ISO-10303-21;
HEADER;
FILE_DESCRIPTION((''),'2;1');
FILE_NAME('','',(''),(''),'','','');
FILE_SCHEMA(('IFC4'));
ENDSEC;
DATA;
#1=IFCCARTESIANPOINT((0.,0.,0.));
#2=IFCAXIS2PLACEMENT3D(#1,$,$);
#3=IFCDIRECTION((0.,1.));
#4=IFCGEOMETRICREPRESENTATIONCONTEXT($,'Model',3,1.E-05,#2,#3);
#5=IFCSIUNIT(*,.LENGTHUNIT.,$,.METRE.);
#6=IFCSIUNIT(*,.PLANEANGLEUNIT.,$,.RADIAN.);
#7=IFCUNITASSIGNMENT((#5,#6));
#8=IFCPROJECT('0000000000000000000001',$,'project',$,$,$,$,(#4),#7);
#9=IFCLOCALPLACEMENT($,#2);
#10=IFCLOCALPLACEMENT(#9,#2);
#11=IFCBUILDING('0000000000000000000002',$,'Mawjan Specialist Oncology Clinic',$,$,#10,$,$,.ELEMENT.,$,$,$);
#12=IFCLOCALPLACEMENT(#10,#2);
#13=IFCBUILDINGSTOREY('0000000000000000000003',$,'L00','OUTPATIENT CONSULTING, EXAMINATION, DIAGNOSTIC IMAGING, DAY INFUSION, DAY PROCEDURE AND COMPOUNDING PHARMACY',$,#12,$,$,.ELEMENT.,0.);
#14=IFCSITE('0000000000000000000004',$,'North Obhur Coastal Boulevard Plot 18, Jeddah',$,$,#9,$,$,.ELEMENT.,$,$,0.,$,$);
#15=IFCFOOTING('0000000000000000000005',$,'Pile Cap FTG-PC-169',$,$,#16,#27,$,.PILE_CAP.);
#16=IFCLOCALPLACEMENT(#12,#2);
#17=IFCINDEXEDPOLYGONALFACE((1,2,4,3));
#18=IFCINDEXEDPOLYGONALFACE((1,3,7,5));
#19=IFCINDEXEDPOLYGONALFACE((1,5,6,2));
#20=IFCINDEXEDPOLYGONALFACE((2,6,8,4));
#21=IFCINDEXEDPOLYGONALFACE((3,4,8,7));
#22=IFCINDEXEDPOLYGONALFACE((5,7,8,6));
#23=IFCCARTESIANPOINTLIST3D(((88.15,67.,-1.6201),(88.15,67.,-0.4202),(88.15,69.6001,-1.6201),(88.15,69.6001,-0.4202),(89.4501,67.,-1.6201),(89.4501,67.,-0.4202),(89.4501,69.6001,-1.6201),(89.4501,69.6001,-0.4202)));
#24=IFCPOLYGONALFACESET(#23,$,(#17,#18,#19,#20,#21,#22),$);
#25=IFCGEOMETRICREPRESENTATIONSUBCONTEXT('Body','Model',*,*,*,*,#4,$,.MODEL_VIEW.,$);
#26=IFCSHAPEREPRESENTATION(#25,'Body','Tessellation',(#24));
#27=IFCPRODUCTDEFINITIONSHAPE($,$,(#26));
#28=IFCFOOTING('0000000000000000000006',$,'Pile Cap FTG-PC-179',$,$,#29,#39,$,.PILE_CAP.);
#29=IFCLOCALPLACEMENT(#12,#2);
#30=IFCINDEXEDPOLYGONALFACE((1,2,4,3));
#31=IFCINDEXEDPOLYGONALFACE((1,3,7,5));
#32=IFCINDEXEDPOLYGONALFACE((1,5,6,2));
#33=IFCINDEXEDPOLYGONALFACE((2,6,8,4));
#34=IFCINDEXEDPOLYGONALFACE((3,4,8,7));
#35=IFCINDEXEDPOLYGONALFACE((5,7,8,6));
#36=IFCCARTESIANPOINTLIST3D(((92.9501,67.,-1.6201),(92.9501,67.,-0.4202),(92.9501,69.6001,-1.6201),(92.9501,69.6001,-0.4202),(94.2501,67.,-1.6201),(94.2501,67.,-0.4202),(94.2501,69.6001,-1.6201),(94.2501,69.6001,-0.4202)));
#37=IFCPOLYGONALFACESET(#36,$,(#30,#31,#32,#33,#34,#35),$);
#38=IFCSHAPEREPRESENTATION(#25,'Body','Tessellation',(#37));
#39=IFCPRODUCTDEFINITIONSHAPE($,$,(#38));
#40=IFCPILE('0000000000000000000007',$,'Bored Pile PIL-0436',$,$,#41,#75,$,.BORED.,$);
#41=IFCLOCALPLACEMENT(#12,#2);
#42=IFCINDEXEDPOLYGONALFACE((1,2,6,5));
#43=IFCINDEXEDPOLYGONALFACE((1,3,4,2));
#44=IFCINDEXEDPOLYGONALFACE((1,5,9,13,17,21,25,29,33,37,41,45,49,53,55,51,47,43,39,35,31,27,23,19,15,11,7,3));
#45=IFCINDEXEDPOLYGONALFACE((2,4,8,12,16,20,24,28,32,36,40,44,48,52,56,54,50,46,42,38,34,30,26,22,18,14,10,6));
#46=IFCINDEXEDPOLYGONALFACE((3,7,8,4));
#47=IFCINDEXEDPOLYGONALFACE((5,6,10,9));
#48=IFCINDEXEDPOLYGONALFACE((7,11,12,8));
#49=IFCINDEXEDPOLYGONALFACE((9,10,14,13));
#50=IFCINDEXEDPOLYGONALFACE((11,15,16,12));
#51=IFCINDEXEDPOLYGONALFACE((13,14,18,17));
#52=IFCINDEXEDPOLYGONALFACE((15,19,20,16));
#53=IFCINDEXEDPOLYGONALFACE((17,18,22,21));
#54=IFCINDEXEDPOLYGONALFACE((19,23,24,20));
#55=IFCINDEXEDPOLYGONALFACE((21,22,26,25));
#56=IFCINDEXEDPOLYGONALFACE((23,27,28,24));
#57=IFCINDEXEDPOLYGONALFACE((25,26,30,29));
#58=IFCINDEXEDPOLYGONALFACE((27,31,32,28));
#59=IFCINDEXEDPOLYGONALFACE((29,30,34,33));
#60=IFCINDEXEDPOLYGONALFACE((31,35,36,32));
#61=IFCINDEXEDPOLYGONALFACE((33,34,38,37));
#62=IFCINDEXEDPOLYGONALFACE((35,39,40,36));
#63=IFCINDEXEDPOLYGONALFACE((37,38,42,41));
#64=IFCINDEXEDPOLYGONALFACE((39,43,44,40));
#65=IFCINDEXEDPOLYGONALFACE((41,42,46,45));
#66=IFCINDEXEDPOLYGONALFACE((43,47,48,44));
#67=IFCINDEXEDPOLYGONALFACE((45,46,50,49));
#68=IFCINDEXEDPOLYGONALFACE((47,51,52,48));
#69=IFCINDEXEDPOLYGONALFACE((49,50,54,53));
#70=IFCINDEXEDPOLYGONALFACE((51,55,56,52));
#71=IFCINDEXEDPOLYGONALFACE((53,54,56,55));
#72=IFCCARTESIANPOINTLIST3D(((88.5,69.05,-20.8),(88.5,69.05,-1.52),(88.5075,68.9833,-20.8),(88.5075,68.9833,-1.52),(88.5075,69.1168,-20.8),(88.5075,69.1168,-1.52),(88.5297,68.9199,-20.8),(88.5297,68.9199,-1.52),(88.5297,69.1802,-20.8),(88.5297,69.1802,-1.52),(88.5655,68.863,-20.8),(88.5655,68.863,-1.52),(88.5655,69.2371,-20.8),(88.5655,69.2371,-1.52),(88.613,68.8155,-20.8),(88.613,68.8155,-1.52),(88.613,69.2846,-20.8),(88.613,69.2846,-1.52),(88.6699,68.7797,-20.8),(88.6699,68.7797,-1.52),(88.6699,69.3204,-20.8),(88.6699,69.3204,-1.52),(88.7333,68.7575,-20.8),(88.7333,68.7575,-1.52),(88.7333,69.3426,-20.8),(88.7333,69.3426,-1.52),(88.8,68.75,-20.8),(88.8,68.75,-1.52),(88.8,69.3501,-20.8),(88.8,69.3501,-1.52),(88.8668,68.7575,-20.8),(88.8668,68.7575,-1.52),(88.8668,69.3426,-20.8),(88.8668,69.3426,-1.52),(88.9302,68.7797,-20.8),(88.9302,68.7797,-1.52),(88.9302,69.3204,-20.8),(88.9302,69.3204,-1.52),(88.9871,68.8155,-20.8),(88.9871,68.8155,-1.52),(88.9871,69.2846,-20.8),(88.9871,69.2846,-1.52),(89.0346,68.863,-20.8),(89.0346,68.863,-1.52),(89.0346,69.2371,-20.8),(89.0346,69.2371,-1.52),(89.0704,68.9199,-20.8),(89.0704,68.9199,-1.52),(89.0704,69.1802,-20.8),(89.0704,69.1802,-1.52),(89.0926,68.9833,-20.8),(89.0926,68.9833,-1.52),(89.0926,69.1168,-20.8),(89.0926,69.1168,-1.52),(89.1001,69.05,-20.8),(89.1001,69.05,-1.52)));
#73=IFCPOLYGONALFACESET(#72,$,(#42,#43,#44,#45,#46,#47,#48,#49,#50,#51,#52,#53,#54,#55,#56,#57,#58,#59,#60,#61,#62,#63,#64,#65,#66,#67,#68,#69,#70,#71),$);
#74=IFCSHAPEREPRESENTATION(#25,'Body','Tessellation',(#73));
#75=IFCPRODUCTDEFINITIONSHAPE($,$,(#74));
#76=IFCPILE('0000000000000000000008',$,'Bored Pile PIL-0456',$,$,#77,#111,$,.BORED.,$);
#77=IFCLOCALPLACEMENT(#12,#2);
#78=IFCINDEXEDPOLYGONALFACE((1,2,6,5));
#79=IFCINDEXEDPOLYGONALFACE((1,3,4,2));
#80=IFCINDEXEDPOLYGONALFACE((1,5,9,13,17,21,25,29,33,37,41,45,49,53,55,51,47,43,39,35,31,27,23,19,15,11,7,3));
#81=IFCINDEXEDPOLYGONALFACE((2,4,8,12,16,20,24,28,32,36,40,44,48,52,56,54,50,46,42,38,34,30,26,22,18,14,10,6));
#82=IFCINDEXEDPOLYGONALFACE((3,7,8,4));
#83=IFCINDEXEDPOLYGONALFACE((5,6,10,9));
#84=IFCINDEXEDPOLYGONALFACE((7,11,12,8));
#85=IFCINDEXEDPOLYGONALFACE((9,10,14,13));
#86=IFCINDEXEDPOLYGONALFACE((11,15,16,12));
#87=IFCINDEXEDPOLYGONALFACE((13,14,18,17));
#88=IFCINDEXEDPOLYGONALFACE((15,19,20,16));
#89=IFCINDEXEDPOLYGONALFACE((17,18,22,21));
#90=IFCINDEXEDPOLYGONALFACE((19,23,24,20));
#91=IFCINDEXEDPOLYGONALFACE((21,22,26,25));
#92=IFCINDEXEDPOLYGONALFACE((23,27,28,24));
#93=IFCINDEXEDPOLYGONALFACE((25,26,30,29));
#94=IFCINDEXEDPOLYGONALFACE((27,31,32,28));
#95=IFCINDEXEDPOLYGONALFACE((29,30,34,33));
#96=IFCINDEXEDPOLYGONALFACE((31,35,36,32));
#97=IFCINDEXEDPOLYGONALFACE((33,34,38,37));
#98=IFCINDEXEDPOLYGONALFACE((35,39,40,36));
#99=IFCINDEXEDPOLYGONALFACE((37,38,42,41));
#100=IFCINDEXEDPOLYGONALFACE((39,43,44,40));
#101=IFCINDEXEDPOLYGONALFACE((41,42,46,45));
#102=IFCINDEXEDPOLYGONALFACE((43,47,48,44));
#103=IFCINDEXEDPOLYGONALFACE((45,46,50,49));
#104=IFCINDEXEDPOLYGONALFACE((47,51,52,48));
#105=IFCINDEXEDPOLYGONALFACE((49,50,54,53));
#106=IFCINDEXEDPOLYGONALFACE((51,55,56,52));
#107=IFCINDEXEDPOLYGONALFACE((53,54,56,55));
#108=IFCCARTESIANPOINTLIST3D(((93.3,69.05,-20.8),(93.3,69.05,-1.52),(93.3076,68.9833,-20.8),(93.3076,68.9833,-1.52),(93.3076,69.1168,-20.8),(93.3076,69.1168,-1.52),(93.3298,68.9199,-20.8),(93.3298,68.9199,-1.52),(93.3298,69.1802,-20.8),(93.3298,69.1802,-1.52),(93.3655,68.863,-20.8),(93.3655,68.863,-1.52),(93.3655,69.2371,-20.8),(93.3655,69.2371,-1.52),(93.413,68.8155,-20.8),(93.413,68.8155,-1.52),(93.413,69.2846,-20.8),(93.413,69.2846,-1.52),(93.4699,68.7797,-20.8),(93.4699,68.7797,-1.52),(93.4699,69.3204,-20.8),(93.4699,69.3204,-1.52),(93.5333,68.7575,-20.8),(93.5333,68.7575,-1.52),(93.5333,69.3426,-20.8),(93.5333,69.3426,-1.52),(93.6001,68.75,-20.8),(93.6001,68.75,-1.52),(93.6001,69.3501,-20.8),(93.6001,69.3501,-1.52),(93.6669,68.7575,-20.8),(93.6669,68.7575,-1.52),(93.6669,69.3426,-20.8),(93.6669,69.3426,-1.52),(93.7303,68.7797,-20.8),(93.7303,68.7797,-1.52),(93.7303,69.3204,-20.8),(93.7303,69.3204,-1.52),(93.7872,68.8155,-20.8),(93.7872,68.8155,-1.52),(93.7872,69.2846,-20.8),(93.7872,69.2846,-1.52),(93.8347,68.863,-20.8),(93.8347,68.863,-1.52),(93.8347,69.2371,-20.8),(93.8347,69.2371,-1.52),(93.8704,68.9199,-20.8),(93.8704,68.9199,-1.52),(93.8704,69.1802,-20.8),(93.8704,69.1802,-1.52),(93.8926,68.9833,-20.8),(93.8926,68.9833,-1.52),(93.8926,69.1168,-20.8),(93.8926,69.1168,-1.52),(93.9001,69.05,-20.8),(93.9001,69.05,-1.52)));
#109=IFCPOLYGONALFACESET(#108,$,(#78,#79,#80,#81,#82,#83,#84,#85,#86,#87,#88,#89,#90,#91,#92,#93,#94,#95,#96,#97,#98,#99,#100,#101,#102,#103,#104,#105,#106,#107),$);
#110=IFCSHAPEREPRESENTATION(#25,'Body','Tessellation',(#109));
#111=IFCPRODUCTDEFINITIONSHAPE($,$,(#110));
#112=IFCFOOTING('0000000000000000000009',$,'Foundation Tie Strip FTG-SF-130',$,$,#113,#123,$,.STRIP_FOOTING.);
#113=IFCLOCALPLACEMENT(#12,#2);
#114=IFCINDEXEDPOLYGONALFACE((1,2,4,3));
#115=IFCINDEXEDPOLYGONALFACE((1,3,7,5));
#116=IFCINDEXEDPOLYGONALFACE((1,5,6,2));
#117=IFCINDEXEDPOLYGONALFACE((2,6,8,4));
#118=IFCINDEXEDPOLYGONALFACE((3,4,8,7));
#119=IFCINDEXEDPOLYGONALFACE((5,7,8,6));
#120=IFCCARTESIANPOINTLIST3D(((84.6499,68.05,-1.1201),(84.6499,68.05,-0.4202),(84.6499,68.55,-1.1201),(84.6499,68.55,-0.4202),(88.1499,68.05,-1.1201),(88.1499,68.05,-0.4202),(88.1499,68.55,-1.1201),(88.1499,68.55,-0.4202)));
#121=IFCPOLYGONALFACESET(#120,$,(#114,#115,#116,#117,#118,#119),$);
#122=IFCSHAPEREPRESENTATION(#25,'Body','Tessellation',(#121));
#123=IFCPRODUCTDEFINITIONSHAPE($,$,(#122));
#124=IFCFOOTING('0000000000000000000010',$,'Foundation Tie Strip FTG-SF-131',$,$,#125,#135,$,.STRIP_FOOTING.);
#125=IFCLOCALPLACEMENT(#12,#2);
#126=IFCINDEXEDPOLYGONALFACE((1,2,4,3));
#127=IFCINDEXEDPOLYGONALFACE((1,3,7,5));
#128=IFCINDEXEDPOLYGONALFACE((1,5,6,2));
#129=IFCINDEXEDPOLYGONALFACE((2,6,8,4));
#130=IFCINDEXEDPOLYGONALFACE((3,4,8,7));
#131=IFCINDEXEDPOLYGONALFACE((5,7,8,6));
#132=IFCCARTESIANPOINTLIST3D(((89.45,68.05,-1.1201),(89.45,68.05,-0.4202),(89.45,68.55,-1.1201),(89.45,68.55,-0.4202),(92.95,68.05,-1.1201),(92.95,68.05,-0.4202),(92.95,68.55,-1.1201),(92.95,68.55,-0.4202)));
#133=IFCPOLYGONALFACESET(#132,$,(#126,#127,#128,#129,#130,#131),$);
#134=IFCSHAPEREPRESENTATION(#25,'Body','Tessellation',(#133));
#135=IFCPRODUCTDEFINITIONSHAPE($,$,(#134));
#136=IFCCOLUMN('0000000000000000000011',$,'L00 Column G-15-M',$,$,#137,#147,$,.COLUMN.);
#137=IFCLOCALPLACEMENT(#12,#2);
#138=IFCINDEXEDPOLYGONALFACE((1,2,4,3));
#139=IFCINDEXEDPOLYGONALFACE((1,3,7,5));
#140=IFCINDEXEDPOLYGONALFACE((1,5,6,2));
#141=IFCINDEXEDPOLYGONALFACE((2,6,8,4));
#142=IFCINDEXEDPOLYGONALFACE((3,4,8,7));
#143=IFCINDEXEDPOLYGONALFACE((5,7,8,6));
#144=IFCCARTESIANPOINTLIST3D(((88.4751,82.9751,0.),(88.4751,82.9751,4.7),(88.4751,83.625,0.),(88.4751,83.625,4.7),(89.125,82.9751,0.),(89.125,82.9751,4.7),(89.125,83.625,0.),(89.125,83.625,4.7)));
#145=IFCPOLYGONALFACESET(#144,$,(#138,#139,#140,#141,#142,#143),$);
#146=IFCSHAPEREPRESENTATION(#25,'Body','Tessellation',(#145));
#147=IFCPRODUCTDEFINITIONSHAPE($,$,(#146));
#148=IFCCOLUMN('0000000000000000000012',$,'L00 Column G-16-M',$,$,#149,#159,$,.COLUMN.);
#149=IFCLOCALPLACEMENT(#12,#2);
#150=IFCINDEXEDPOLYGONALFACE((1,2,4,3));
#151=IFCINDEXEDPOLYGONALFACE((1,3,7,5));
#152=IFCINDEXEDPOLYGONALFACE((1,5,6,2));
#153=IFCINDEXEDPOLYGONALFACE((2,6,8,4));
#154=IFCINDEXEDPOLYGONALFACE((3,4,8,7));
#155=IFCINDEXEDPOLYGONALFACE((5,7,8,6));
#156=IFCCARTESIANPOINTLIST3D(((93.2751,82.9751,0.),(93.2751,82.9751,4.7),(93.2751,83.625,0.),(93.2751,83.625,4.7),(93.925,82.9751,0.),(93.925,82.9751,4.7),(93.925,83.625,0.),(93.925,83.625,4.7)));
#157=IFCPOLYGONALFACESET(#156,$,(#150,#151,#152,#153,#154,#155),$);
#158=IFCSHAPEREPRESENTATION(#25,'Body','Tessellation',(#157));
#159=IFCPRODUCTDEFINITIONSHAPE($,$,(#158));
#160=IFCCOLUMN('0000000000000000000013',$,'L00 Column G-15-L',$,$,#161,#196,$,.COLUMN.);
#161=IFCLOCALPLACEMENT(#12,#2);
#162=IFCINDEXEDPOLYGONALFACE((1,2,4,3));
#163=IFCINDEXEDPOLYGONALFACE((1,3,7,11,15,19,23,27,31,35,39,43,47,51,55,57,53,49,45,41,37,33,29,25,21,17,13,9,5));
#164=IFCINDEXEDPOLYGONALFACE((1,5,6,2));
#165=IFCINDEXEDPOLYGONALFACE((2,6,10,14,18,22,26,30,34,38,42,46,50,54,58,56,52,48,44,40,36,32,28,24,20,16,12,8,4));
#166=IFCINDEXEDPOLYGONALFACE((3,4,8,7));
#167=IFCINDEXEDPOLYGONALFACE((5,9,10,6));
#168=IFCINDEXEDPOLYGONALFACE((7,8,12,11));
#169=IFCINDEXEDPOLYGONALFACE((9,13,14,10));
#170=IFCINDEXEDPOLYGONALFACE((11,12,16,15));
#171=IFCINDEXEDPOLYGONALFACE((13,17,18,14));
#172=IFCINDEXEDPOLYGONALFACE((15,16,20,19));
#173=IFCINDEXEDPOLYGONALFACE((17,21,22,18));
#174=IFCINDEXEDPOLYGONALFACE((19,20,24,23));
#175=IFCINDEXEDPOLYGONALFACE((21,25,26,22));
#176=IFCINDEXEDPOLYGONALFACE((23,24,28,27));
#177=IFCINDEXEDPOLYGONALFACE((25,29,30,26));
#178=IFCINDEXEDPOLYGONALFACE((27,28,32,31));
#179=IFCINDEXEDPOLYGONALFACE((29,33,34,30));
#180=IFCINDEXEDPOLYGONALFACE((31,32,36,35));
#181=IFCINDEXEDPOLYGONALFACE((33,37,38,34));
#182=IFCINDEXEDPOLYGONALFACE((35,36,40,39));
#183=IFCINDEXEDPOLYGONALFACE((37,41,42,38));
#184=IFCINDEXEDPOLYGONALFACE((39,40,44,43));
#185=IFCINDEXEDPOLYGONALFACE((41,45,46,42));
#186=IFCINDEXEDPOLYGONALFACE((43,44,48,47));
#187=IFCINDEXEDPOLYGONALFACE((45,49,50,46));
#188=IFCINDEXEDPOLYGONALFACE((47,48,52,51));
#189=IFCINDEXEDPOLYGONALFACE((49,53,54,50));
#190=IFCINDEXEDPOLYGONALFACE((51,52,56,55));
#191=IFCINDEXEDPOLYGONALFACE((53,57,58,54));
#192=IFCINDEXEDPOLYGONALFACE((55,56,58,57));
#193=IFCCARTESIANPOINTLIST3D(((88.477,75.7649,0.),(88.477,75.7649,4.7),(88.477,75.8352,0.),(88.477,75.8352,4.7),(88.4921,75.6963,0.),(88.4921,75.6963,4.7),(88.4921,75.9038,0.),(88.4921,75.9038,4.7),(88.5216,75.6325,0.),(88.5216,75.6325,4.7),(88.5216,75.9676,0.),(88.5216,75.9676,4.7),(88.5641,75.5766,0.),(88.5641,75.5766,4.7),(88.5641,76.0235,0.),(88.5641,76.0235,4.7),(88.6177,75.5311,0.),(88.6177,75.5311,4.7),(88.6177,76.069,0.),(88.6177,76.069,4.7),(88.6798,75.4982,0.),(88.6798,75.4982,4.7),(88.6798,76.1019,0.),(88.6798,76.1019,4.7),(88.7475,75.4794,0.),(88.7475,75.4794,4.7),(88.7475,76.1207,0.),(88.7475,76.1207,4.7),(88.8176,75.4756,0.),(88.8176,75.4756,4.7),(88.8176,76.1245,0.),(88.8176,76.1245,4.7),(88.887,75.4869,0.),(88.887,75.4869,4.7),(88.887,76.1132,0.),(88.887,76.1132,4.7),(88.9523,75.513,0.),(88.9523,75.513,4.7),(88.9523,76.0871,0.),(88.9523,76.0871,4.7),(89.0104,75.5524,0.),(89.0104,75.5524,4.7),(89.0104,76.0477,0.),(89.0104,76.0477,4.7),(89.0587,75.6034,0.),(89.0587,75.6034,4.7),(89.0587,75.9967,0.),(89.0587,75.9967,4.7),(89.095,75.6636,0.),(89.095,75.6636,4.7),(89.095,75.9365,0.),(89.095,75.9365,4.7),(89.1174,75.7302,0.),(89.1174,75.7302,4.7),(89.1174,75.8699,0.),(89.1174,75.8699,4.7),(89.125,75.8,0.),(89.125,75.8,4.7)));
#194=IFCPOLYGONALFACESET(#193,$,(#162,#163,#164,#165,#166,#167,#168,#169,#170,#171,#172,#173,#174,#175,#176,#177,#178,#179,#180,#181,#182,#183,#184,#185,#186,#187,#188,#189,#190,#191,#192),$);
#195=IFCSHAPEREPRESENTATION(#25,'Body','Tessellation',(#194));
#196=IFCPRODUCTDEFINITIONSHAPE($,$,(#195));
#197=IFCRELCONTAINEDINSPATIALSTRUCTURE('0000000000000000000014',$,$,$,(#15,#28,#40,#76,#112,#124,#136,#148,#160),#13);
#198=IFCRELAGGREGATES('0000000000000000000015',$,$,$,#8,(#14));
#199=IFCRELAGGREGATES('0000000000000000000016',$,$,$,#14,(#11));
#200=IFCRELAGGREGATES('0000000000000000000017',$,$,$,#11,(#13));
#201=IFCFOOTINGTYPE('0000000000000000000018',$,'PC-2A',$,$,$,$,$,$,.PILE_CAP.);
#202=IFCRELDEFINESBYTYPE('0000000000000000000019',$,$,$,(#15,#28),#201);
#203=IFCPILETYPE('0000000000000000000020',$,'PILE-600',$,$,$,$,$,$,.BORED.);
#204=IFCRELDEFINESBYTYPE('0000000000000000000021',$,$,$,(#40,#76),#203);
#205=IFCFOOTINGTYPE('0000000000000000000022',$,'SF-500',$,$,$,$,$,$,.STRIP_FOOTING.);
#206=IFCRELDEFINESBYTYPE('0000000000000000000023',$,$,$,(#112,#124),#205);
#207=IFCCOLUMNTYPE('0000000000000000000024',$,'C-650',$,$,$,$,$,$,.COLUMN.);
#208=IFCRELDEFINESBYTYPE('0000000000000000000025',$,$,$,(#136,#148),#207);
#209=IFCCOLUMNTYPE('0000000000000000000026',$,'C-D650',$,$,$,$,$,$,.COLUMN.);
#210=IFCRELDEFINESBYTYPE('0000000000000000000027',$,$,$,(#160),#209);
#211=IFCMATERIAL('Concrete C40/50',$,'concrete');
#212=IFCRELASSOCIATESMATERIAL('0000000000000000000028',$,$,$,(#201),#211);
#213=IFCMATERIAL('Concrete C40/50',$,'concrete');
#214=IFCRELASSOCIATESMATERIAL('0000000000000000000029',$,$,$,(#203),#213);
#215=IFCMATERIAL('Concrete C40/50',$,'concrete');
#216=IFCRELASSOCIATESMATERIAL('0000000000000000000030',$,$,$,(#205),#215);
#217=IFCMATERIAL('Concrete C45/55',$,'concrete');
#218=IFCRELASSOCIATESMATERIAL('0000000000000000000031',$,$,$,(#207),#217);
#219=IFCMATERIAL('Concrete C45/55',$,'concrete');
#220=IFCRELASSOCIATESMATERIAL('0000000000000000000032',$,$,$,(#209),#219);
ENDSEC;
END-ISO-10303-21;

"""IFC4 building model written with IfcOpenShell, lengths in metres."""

from ifc_helpers import new_model, si_unit, direction, frame, origin, origin_2d, place, context, subcontext, project, spatial, rectangle, circle, extrude, material, material_profile, profile_set, type_object, element, save


model = new_model("IFC4")

# Units and contexts
model_context = context("Model", 3, precision=1e-05, world=origin(), true_north=direction((0.0, 1.0)))
body_context = subcontext(model_context, "Body", "Model", "MODEL_VIEW")
ifc_project = project(units=[si_unit("LENGTHUNIT", "METRE"), si_unit("PLANEANGLEUNIT", "RADIAN")], contexts=[model_context])

# Site, building, storey
site_placement = place(None, origin())
site = spatial("IfcSite", under=ifc_project, at=site_placement, Name="North Obhur Coastal Boulevard Plot 18, Jeddah", CompositionType="ELEMENT", RefElevation=0.0)
building_placement = place(site_placement, origin())
building = spatial("IfcBuilding", under=site, at=building_placement, Name="Mawjan Specialist Oncology Clinic", CompositionType="ELEMENT")
storey_placement = place(building_placement, origin())
storey = spatial("IfcBuildingStorey", under=building, at=storey_placement, Name="L00", Description="OUTPATIENT CONSULTING, EXAMINATION, DIAGNOSTIC IMAGING, DAY INFUSION, DAY PROCEDURE AND COMPOUNDING PHARMACY", CompositionType="ELEMENT", Elevation=0.0)

# Footings
ifc_material_1 = material(Name="Concrete C40/50", Category="concrete")
footing_type_1 = type_object("IfcFootingType", Name="PC-2A", PredefinedType="PILE_CAP", material=ifc_material_1)
for number, where, z_axis, x_axis, name in (
    (1, (88.8, 68.3, -1.6201), (0.0, 0.0, 1.0), (0.0, 1.0, 0.0), "Pile Cap FTG-PC-169"),
    (2, (93.6001, 68.3, -1.6201), (0.0, 0.0, 1.0), (0.0, 1.0, 0.0), "Pile Cap FTG-PC-179"),
):
    element("IfcFooting", number, at=place(storey_placement, frame(where, z_axis=z_axis, x_axis=x_axis)), inside=storey, type_object=footing_type_1, Name=name, PredefinedType="PILE_CAP", context=body_context, shape_type="SweptSolid", body=[
        extrude(rectangle(XDim=2.6001, YDim=1.3, at=origin_2d()), origin(), (0.0, 0.0, 1.0), 1.2),
    ])

# Piles
ifc_material_2 = material(Name="Concrete C40/50", Category="concrete")
ifc_material_profile_1 = material_profile(ifc_material_2, circle(Radius=0.3, at=origin_2d()), Name="BORED PILE D600", Category="concrete")
ifc_profile_set_1 = profile_set([ifc_material_profile_1], Name="Concrete C40/50")
pile_type = type_object("IfcPileType", Name="PILE-600", PredefinedType="BORED", material=ifc_profile_set_1)
for number, where, z_axis, x_axis, name in (
    (3, (88.8, 69.05, -1.52), (0.0, 0.0, -1.0), (1.0, 0.0, 0.0), "Bored Pile PIL-0436"),
    (4, (93.6001, 69.05, -1.52), (0.0, 0.0, -1.0), (1.0, 0.0, 0.0), "Bored Pile PIL-0456"),
):
    element("IfcPile", number, at=place(storey_placement, frame(where, z_axis=z_axis, x_axis=x_axis)), inside=storey, type_object=pile_type, Name=name, PredefinedType="BORED", context=body_context, shape_type="SweptSolid", body=[
        extrude(circle(Radius=0.3, at=origin_2d()), origin(), (0.0, 0.0, 1.0), 19.28),
    ])

# Footings
ifc_material_3 = material(Name="Concrete C40/50", Category="concrete")
footing_type_2 = type_object("IfcFootingType", Name="SF-500", PredefinedType="STRIP_FOOTING", material=ifc_material_3)
for number, where, z_axis, x_axis, name in (
    (5, (86.3999, 68.3, -1.1201), (0.0, 0.0, 1.0), (1.0, 0.0, 0.0), "Foundation Tie Strip FTG-SF-130"),
    (6, (91.2, 68.3, -1.1201), (0.0, 0.0, 1.0), (1.0, 0.0, 0.0), "Foundation Tie Strip FTG-SF-131"),
):
    element("IfcFooting", number, at=place(storey_placement, frame(where, z_axis=z_axis, x_axis=x_axis)), inside=storey, type_object=footing_type_2, Name=name, PredefinedType="STRIP_FOOTING", context=body_context, shape_type="SweptSolid", body=[
        extrude(rectangle(XDim=3.5, YDim=0.5, at=origin_2d()), origin(), (0.0, 0.0, 1.0), 0.7),
    ])

# Columns
ifc_material_4 = material(Name="Concrete C45/55", Category="concrete")
ifc_material_profile_2 = material_profile(ifc_material_4, rectangle(XDim=0.6499, YDim=0.6499, at=origin_2d()), Name="RC COL 650x650", Category="concrete")
ifc_profile_set_2 = profile_set([ifc_material_profile_2], Name="Concrete C45/55")
column_type_1 = type_object("IfcColumnType", Name="C-650", PredefinedType="COLUMN", material=ifc_profile_set_2)
for number, where, z_axis, x_axis, name in (
    (7, (88.8, 83.3, 0.0), (0.0, 0.0, 1.0), (1.0, 0.0, 0.0), "L00 Column G-15-M"),
    (8, (93.6001, 83.3, 0.0), (0.0, 0.0, 1.0), (1.0, 0.0, 0.0), "L00 Column G-16-M"),
):
    element("IfcColumn", number, at=place(storey_placement, frame(where, z_axis=z_axis, x_axis=x_axis)), inside=storey, type_object=column_type_1, Name=name, PredefinedType="COLUMN", context=body_context, shape_type="SweptSolid", body=[
        extrude(rectangle(XDim=0.6499, YDim=0.6499, at=origin_2d()), origin(), (0.0, 0.0, 1.0), 4.7),
    ])
ifc_material_5 = material(Name="Concrete C45/55", Category="concrete")
ifc_material_profile_3 = material_profile(ifc_material_5, circle(Radius=0.325, at=origin_2d()), Name="RC COL D650", Category="concrete")
ifc_profile_set_3 = profile_set([ifc_material_profile_3], Name="Concrete C45/55")
column_type_2 = type_object("IfcColumnType", Name="C-D650", PredefinedType="COLUMN", material=ifc_profile_set_3)
for number, where, z_axis, x_axis, name in (
    (9, (88.8, 75.8, 0.0), (0.0, 0.0, 1.0), (1.0, 0.0, 0.0), "L00 Column G-15-L"),
):
    element("IfcColumn", number, at=place(storey_placement, frame(where, z_axis=z_axis, x_axis=x_axis)), inside=storey, type_object=column_type_2, Name=name, PredefinedType="COLUMN", context=body_context, shape_type="SweptSolid", body=[
        extrude(circle(Radius=0.325, at=origin_2d()), origin(), (0.0, 0.0, 1.0), 4.7),
    ])

save(model, "model.ifc")
